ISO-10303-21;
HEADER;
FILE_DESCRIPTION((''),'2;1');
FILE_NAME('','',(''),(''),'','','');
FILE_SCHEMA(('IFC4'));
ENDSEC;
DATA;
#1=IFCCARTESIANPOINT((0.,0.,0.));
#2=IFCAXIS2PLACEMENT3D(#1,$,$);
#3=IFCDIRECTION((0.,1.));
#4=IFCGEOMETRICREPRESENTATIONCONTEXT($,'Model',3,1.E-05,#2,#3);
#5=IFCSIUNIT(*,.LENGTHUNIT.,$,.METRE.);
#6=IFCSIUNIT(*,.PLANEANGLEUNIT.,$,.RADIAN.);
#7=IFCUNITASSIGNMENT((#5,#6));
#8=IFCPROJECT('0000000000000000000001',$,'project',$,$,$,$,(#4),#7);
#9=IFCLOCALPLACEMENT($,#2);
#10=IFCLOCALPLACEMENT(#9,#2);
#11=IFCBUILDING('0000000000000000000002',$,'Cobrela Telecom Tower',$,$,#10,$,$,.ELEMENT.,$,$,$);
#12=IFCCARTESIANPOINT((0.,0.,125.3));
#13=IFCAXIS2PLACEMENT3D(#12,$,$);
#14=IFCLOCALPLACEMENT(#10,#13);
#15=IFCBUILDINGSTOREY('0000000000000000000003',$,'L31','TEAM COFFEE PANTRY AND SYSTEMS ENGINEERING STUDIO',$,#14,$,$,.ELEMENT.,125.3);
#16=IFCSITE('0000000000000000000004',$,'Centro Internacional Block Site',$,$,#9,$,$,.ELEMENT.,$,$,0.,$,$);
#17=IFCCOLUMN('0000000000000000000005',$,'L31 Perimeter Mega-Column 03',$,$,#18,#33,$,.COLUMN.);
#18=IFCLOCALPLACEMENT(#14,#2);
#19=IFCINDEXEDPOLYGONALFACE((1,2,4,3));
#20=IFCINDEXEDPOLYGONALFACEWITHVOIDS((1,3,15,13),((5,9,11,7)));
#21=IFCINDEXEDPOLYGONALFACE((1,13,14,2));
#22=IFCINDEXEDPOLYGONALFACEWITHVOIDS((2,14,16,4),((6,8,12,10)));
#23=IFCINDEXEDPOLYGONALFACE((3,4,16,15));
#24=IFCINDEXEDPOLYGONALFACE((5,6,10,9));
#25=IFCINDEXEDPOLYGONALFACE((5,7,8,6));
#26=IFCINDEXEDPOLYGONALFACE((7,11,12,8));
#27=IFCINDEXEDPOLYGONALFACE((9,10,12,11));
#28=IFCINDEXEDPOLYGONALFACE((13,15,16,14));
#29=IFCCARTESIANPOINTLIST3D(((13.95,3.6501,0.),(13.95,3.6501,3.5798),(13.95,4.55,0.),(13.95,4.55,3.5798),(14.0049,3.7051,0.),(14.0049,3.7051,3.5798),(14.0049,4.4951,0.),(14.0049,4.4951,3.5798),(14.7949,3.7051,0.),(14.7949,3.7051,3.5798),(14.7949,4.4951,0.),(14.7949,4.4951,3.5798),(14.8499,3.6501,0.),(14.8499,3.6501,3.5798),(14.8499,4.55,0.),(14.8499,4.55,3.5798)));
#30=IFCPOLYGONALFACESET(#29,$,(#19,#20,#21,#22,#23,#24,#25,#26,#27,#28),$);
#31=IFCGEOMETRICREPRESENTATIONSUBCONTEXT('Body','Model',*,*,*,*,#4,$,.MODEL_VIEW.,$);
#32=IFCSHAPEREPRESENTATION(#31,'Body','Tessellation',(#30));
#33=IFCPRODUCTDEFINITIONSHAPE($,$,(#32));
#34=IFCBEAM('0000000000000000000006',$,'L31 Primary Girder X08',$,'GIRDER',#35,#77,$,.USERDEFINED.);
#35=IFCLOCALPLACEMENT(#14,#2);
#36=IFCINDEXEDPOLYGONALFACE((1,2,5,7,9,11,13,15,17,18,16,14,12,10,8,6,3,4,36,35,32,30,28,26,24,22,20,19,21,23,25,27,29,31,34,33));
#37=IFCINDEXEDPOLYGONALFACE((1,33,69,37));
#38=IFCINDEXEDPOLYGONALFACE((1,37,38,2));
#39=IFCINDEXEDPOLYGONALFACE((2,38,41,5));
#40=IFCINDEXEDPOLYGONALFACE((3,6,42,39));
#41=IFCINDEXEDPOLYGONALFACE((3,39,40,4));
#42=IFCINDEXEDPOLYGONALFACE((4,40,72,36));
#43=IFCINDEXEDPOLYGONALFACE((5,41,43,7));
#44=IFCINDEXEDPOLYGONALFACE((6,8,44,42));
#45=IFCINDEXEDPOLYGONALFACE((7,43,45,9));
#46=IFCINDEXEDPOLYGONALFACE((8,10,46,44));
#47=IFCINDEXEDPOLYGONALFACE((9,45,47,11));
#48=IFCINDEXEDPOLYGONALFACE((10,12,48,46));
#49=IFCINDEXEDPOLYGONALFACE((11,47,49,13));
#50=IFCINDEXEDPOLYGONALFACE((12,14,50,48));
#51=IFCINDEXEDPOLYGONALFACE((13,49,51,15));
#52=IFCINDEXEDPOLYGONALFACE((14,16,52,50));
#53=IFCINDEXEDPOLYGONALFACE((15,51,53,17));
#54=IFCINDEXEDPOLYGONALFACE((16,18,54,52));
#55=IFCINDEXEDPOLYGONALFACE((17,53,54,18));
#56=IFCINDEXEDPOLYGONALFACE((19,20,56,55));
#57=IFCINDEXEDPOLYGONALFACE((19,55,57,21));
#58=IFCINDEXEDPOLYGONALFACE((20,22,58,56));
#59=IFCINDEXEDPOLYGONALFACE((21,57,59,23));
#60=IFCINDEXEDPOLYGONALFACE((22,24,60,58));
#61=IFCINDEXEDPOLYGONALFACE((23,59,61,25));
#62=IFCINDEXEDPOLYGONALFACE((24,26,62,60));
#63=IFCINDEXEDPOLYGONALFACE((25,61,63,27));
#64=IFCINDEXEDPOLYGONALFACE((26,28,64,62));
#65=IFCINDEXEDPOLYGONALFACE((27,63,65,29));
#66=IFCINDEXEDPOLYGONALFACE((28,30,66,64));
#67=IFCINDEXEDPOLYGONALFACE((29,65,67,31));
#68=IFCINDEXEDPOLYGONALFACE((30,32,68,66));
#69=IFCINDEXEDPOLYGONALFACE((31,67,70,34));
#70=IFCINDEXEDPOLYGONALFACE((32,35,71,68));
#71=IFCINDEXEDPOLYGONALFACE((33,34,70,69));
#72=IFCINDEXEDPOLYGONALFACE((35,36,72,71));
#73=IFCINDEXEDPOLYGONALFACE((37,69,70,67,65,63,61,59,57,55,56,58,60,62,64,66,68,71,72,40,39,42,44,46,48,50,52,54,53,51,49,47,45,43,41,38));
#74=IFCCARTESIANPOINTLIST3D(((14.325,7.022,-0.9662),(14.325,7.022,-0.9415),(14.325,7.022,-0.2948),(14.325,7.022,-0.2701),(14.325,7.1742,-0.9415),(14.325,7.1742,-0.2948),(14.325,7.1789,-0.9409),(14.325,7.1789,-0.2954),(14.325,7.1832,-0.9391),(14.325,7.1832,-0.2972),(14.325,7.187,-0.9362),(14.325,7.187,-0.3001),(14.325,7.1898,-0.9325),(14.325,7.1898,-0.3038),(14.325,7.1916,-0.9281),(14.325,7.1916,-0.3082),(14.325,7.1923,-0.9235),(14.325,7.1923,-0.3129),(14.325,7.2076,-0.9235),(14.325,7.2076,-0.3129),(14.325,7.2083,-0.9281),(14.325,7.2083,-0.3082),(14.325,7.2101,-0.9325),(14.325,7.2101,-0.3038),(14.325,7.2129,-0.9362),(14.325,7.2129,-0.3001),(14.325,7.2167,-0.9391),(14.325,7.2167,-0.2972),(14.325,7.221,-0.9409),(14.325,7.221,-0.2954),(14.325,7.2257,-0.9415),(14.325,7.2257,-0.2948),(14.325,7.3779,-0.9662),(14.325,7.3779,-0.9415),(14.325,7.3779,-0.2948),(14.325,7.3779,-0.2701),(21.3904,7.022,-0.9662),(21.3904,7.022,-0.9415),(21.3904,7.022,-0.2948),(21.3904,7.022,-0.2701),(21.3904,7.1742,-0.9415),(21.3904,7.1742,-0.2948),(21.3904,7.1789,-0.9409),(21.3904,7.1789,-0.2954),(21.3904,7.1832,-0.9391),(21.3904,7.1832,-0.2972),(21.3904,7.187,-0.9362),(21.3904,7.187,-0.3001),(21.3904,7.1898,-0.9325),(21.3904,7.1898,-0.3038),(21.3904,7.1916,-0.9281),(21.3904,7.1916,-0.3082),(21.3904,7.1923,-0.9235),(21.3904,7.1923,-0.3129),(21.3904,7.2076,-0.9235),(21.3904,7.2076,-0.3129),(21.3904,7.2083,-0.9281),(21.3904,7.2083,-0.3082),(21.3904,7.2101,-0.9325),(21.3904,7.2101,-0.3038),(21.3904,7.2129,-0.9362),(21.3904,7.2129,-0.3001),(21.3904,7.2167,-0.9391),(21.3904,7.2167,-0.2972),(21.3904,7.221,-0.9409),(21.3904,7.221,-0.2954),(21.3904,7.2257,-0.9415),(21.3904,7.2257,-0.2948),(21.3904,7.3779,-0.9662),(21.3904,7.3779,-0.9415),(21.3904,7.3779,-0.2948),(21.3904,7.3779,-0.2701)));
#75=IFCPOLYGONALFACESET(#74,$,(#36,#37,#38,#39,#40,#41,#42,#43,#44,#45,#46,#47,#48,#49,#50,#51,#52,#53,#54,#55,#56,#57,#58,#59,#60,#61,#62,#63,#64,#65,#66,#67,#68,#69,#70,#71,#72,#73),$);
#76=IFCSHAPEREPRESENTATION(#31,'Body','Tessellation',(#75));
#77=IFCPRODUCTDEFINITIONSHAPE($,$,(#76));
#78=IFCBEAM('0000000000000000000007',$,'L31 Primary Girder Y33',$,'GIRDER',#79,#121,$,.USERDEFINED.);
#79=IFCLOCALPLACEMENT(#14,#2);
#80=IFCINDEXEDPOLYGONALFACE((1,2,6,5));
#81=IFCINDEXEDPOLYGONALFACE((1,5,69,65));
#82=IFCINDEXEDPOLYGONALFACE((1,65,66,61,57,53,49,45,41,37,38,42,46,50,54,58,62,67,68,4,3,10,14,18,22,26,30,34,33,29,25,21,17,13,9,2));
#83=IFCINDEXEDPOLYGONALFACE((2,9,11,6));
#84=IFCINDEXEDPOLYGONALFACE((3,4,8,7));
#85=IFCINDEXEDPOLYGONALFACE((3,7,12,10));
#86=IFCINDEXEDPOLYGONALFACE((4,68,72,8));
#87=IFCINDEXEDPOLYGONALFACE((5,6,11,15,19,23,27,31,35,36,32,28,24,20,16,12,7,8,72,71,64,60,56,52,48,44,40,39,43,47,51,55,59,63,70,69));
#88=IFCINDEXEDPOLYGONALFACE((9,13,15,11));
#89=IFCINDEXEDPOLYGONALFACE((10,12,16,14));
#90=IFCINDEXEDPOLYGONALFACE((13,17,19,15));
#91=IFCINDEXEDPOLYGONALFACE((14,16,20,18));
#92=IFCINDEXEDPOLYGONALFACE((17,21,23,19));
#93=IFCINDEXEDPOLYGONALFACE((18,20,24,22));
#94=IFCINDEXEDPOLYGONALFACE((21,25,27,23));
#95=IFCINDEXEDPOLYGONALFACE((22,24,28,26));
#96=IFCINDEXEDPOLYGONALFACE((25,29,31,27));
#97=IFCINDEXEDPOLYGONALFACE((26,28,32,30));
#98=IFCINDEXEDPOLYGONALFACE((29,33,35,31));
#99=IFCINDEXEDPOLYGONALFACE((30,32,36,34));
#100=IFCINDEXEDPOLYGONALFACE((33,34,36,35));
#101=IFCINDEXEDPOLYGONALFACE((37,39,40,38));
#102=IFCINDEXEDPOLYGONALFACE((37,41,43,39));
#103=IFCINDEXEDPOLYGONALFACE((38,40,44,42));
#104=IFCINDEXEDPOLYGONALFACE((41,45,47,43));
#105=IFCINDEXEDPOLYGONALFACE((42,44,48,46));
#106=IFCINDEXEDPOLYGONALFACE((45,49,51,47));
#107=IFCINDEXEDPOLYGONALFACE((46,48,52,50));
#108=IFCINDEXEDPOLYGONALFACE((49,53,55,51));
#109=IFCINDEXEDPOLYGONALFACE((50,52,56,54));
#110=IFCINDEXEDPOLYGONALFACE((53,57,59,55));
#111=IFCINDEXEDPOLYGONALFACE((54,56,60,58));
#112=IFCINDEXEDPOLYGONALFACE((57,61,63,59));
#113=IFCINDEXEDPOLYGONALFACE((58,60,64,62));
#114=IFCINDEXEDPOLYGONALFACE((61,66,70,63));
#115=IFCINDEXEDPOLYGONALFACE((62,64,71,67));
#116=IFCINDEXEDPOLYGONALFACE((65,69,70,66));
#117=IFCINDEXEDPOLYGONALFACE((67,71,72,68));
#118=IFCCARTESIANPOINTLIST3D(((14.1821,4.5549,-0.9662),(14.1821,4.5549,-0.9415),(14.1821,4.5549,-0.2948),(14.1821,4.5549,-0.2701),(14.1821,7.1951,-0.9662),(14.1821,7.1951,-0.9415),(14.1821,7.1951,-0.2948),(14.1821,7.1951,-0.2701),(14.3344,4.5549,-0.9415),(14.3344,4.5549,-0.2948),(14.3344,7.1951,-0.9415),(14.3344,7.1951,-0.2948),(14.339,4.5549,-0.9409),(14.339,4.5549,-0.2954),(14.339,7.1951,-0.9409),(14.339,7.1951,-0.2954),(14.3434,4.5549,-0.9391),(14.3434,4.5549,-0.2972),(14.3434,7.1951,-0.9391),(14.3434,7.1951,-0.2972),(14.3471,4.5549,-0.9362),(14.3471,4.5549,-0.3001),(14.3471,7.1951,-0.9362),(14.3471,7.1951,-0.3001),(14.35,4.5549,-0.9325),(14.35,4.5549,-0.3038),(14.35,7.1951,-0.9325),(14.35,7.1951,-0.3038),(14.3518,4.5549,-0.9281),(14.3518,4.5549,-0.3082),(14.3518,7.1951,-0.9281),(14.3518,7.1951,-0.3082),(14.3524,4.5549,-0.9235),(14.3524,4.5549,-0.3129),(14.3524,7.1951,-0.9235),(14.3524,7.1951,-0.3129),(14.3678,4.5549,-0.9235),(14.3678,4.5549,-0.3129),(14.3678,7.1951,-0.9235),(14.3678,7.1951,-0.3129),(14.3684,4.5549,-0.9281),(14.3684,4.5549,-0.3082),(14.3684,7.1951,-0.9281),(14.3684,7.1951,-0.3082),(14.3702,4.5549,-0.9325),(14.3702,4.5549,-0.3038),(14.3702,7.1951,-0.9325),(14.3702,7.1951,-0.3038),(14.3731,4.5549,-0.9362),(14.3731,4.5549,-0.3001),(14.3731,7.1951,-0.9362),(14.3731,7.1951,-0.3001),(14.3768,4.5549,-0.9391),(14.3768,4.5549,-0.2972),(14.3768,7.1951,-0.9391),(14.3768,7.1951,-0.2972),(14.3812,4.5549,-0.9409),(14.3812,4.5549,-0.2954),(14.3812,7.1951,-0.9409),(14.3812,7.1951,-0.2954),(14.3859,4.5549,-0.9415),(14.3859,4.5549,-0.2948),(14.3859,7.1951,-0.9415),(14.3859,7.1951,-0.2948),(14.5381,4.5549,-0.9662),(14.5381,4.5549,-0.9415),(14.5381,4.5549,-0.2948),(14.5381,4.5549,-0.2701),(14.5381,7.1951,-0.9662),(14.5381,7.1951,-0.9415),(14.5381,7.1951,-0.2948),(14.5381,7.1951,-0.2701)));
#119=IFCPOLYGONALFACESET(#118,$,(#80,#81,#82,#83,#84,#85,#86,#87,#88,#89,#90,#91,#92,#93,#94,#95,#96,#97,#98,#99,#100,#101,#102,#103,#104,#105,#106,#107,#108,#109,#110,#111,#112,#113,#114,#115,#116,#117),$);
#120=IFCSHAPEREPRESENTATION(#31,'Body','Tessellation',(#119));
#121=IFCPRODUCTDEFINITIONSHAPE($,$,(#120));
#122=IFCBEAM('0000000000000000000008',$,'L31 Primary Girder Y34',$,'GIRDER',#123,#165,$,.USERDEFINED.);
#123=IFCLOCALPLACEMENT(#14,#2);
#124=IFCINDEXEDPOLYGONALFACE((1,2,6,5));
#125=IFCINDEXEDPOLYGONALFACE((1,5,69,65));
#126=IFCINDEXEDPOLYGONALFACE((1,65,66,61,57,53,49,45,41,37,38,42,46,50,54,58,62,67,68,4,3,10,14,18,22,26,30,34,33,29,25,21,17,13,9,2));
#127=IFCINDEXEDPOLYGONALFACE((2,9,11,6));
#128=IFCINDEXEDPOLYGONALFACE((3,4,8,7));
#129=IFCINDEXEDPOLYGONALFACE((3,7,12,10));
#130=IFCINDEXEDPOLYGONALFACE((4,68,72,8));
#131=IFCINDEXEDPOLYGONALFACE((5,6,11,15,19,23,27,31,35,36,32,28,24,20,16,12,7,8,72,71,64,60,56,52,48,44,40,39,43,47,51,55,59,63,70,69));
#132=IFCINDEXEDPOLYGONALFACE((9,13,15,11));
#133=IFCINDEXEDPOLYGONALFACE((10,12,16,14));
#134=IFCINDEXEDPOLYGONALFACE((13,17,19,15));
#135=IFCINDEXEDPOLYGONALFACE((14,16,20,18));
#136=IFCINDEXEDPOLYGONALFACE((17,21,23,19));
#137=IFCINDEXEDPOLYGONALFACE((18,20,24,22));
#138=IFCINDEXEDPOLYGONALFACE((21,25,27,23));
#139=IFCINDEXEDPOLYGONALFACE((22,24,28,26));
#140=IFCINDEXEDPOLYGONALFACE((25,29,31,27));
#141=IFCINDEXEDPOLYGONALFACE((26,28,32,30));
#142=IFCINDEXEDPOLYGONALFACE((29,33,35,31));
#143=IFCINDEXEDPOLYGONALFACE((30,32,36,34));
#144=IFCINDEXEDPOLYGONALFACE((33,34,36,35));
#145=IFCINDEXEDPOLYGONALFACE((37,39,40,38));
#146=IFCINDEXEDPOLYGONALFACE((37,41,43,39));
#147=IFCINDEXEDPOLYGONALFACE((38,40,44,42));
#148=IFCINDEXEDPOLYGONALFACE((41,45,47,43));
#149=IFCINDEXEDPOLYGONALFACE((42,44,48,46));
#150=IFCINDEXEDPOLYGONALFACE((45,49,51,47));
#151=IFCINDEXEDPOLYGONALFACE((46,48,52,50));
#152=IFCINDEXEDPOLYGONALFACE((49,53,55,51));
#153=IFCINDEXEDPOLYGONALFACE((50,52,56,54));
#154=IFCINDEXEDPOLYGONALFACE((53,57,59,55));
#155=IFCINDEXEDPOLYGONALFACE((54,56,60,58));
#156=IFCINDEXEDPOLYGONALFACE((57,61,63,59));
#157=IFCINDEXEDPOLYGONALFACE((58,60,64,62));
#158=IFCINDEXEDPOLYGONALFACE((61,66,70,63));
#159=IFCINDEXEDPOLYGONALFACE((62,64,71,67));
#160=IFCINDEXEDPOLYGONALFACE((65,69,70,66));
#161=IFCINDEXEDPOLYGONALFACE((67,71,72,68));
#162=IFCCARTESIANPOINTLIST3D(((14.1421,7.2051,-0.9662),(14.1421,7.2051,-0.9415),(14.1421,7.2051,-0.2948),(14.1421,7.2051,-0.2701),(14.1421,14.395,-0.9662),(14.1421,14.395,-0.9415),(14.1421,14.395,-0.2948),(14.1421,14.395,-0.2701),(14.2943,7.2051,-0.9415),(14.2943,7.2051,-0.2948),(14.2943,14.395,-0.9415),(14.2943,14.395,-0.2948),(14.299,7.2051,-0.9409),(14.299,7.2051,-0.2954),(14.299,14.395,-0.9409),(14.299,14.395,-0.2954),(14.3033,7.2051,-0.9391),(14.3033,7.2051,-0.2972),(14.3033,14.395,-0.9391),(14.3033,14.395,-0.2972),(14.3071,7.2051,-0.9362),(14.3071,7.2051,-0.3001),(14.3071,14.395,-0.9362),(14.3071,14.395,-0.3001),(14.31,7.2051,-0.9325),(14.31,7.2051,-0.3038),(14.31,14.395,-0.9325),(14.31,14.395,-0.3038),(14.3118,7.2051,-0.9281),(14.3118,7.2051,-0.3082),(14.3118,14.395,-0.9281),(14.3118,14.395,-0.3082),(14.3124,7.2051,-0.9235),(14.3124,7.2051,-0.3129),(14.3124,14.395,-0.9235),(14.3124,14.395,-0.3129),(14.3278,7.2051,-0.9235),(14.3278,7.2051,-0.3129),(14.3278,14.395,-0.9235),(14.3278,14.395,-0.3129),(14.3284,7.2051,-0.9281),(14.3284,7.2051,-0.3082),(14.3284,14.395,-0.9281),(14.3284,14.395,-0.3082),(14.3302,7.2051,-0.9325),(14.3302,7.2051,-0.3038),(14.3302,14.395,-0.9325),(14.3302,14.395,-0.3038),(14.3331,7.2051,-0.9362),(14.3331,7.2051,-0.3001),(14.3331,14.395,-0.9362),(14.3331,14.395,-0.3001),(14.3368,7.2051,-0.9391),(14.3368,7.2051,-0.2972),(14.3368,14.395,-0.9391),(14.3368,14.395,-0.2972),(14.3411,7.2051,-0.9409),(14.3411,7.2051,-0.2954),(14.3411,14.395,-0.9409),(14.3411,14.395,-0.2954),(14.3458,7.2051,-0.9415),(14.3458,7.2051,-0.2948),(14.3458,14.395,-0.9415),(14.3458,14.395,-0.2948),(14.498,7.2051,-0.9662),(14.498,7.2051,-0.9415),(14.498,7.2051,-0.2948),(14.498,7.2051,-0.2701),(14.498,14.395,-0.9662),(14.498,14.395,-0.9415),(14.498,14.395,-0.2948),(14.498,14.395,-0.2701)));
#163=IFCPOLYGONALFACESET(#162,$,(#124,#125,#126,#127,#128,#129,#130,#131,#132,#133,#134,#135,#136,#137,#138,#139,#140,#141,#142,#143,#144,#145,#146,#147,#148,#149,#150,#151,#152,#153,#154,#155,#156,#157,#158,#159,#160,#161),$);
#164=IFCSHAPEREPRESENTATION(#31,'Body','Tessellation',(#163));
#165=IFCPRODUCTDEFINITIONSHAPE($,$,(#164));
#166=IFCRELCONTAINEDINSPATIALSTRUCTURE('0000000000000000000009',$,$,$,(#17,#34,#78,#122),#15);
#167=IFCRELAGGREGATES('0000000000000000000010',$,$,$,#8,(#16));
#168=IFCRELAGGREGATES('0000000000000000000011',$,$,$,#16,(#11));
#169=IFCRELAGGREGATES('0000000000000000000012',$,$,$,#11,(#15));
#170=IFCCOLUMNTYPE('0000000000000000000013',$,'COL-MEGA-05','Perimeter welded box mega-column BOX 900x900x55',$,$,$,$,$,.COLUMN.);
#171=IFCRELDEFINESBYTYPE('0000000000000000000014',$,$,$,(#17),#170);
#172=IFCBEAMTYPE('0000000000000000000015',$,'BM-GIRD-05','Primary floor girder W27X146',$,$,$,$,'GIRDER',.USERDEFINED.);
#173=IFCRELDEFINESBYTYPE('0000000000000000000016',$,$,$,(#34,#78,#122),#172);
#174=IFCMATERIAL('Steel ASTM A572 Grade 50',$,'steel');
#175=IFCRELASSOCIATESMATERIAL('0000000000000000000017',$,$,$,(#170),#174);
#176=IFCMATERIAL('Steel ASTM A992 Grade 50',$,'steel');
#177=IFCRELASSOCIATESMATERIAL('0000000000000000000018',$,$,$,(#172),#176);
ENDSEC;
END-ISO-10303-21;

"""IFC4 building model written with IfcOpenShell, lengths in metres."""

from ifc_helpers import new_model, si_unit, direction, frame, origin, origin_2d, place, context, subcontext, project, spatial, hollow_rectangle, i_section, extrude, material, material_profile, profile_set, type_object, element, save


model = new_model("IFC4")

# Units and contexts
model_context = context("Model", 3, precision=1e-05, world=origin(), true_north=direction((0.0, 1.0)))
body_context = subcontext(model_context, "Body", "Model", "MODEL_VIEW")
ifc_project = project(units=[si_unit("LENGTHUNIT", "METRE"), si_unit("PLANEANGLEUNIT", "RADIAN")], contexts=[model_context])

# Site, building, storey
site_placement = place(None, origin())
site = spatial("IfcSite", under=ifc_project, at=site_placement, Name="Centro Internacional Block Site", CompositionType="ELEMENT", RefElevation=0.0)
building_placement = place(site_placement, origin())
building = spatial("IfcBuilding", under=site, at=building_placement, Name="Cobrela Telecom Tower", CompositionType="ELEMENT")
storey_placement = place(building_placement, frame((0.0, 0.0, 125.3)))
storey = spatial("IfcBuildingStorey", under=building, at=storey_placement, Name="L31", Description="TEAM COFFEE PANTRY AND SYSTEMS ENGINEERING STUDIO", CompositionType="ELEMENT", Elevation=125.3)

# Column
ifc_material_1 = material(Name="Steel ASTM A572 Grade 50", Category="steel")
ifc_material_profile_1 = material_profile(ifc_material_1, hollow_rectangle(XDim=0.8999, YDim=0.8999, WallThickness=0.0549, at=origin_2d()), Name="BOX 900x900x55")
ifc_profile_set_1 = profile_set([ifc_material_profile_1], Name="Steel ASTM A572 Grade 50")
column_type = type_object("IfcColumnType", Name="COL-MEGA-05", Description="Perimeter welded box mega-column BOX 900x900x55", PredefinedType="COLUMN", material=ifc_profile_set_1)
column_placement = place(storey_placement, frame((14.3999, 4.1001, 0.0), z_axis=(0.0, 0.0, 1.0), x_axis=(1.0, 0.0, 0.0)))
element("IfcColumn", 1, at=column_placement, inside=storey, type_object=column_type, Name="L31 Perimeter Mega-Column 03", PredefinedType="COLUMN", context=body_context, shape_type="SweptSolid", body=[
    extrude(hollow_rectangle(XDim=0.8999, YDim=0.8999, WallThickness=0.0549, at=origin_2d()), origin(), (0.0, 0.0, 1.0), 3.5798),
])

# Beams
ifc_material_2 = material(Name="Steel ASTM A992 Grade 50", Category="steel")
ifc_material_profile_2 = material_profile(ifc_material_2, i_section(OverallWidth=0.356, OverallDepth=0.696, WebThickness=0.0154, FlangeThickness=0.0247, FilletRadius=0.0181, at=origin_2d()), Name="W27X146")
ifc_profile_set_2 = profile_set([ifc_material_profile_2], Name="Steel ASTM A992 Grade 50")
beam_type_1 = type_object("IfcBeamType", Name="BM-GIRD-05", Description="Primary floor girder W27X146", ElementType="GIRDER", PredefinedType="USERDEFINED", material=ifc_profile_set_2)
beam_1_placement = place(storey_placement, frame((14.325, 7.2, -0.6182), z_axis=(1.0, 0.0, 0.0), x_axis=(0.0, 1.0, 0.0)))
element("IfcBeam", 2, at=beam_1_placement, inside=storey, type_object=beam_type_1, Name="L31 Primary Girder X08", ObjectType="GIRDER", PredefinedType="USERDEFINED", context=body_context, shape_type="SweptSolid", body=[
    extrude(i_section(OverallWidth=0.356, OverallDepth=0.696, WebThickness=0.0154, FlangeThickness=0.0247, FilletRadius=0.0181, at=origin_2d()), origin(), (0.0, 0.0, 1.0), 7.0654),
])
beam_2_placement = place(storey_placement, frame((14.3601, 4.5549, -0.6182), z_axis=(0.0, 1.0, 0.0), x_axis=(-1.0, 0.0, 0.0)))
element("IfcBeam", 3, at=beam_2_placement, inside=storey, type_object=beam_type_1, Name="L31 Primary Girder Y33", ObjectType="GIRDER", PredefinedType="USERDEFINED", context=body_context, shape_type="SweptSolid", body=[
    extrude(i_section(OverallWidth=0.356, OverallDepth=0.696, WebThickness=0.0154, FlangeThickness=0.0247, FilletRadius=0.0181, at=origin_2d()), origin(), (0.0, 0.0, 1.0), 2.6401),
])
beam_3_placement = place(storey_placement, frame((14.3201, 7.2051, -0.6182), z_axis=(0.0, 1.0, 0.0), x_axis=(-1.0, 0.0, 0.0)))
element("IfcBeam", 4, at=beam_3_placement, inside=storey, type_object=beam_type_1, Name="L31 Primary Girder Y34", ObjectType="GIRDER", PredefinedType="USERDEFINED", context=body_context, shape_type="SweptSolid", body=[
    extrude(i_section(OverallWidth=0.356, OverallDepth=0.696, WebThickness=0.0154, FlangeThickness=0.0247, FilletRadius=0.0181, at=origin_2d()), origin(), (0.0, 0.0, 1.0), 7.1899),
])

save(model, "model.ifc")
